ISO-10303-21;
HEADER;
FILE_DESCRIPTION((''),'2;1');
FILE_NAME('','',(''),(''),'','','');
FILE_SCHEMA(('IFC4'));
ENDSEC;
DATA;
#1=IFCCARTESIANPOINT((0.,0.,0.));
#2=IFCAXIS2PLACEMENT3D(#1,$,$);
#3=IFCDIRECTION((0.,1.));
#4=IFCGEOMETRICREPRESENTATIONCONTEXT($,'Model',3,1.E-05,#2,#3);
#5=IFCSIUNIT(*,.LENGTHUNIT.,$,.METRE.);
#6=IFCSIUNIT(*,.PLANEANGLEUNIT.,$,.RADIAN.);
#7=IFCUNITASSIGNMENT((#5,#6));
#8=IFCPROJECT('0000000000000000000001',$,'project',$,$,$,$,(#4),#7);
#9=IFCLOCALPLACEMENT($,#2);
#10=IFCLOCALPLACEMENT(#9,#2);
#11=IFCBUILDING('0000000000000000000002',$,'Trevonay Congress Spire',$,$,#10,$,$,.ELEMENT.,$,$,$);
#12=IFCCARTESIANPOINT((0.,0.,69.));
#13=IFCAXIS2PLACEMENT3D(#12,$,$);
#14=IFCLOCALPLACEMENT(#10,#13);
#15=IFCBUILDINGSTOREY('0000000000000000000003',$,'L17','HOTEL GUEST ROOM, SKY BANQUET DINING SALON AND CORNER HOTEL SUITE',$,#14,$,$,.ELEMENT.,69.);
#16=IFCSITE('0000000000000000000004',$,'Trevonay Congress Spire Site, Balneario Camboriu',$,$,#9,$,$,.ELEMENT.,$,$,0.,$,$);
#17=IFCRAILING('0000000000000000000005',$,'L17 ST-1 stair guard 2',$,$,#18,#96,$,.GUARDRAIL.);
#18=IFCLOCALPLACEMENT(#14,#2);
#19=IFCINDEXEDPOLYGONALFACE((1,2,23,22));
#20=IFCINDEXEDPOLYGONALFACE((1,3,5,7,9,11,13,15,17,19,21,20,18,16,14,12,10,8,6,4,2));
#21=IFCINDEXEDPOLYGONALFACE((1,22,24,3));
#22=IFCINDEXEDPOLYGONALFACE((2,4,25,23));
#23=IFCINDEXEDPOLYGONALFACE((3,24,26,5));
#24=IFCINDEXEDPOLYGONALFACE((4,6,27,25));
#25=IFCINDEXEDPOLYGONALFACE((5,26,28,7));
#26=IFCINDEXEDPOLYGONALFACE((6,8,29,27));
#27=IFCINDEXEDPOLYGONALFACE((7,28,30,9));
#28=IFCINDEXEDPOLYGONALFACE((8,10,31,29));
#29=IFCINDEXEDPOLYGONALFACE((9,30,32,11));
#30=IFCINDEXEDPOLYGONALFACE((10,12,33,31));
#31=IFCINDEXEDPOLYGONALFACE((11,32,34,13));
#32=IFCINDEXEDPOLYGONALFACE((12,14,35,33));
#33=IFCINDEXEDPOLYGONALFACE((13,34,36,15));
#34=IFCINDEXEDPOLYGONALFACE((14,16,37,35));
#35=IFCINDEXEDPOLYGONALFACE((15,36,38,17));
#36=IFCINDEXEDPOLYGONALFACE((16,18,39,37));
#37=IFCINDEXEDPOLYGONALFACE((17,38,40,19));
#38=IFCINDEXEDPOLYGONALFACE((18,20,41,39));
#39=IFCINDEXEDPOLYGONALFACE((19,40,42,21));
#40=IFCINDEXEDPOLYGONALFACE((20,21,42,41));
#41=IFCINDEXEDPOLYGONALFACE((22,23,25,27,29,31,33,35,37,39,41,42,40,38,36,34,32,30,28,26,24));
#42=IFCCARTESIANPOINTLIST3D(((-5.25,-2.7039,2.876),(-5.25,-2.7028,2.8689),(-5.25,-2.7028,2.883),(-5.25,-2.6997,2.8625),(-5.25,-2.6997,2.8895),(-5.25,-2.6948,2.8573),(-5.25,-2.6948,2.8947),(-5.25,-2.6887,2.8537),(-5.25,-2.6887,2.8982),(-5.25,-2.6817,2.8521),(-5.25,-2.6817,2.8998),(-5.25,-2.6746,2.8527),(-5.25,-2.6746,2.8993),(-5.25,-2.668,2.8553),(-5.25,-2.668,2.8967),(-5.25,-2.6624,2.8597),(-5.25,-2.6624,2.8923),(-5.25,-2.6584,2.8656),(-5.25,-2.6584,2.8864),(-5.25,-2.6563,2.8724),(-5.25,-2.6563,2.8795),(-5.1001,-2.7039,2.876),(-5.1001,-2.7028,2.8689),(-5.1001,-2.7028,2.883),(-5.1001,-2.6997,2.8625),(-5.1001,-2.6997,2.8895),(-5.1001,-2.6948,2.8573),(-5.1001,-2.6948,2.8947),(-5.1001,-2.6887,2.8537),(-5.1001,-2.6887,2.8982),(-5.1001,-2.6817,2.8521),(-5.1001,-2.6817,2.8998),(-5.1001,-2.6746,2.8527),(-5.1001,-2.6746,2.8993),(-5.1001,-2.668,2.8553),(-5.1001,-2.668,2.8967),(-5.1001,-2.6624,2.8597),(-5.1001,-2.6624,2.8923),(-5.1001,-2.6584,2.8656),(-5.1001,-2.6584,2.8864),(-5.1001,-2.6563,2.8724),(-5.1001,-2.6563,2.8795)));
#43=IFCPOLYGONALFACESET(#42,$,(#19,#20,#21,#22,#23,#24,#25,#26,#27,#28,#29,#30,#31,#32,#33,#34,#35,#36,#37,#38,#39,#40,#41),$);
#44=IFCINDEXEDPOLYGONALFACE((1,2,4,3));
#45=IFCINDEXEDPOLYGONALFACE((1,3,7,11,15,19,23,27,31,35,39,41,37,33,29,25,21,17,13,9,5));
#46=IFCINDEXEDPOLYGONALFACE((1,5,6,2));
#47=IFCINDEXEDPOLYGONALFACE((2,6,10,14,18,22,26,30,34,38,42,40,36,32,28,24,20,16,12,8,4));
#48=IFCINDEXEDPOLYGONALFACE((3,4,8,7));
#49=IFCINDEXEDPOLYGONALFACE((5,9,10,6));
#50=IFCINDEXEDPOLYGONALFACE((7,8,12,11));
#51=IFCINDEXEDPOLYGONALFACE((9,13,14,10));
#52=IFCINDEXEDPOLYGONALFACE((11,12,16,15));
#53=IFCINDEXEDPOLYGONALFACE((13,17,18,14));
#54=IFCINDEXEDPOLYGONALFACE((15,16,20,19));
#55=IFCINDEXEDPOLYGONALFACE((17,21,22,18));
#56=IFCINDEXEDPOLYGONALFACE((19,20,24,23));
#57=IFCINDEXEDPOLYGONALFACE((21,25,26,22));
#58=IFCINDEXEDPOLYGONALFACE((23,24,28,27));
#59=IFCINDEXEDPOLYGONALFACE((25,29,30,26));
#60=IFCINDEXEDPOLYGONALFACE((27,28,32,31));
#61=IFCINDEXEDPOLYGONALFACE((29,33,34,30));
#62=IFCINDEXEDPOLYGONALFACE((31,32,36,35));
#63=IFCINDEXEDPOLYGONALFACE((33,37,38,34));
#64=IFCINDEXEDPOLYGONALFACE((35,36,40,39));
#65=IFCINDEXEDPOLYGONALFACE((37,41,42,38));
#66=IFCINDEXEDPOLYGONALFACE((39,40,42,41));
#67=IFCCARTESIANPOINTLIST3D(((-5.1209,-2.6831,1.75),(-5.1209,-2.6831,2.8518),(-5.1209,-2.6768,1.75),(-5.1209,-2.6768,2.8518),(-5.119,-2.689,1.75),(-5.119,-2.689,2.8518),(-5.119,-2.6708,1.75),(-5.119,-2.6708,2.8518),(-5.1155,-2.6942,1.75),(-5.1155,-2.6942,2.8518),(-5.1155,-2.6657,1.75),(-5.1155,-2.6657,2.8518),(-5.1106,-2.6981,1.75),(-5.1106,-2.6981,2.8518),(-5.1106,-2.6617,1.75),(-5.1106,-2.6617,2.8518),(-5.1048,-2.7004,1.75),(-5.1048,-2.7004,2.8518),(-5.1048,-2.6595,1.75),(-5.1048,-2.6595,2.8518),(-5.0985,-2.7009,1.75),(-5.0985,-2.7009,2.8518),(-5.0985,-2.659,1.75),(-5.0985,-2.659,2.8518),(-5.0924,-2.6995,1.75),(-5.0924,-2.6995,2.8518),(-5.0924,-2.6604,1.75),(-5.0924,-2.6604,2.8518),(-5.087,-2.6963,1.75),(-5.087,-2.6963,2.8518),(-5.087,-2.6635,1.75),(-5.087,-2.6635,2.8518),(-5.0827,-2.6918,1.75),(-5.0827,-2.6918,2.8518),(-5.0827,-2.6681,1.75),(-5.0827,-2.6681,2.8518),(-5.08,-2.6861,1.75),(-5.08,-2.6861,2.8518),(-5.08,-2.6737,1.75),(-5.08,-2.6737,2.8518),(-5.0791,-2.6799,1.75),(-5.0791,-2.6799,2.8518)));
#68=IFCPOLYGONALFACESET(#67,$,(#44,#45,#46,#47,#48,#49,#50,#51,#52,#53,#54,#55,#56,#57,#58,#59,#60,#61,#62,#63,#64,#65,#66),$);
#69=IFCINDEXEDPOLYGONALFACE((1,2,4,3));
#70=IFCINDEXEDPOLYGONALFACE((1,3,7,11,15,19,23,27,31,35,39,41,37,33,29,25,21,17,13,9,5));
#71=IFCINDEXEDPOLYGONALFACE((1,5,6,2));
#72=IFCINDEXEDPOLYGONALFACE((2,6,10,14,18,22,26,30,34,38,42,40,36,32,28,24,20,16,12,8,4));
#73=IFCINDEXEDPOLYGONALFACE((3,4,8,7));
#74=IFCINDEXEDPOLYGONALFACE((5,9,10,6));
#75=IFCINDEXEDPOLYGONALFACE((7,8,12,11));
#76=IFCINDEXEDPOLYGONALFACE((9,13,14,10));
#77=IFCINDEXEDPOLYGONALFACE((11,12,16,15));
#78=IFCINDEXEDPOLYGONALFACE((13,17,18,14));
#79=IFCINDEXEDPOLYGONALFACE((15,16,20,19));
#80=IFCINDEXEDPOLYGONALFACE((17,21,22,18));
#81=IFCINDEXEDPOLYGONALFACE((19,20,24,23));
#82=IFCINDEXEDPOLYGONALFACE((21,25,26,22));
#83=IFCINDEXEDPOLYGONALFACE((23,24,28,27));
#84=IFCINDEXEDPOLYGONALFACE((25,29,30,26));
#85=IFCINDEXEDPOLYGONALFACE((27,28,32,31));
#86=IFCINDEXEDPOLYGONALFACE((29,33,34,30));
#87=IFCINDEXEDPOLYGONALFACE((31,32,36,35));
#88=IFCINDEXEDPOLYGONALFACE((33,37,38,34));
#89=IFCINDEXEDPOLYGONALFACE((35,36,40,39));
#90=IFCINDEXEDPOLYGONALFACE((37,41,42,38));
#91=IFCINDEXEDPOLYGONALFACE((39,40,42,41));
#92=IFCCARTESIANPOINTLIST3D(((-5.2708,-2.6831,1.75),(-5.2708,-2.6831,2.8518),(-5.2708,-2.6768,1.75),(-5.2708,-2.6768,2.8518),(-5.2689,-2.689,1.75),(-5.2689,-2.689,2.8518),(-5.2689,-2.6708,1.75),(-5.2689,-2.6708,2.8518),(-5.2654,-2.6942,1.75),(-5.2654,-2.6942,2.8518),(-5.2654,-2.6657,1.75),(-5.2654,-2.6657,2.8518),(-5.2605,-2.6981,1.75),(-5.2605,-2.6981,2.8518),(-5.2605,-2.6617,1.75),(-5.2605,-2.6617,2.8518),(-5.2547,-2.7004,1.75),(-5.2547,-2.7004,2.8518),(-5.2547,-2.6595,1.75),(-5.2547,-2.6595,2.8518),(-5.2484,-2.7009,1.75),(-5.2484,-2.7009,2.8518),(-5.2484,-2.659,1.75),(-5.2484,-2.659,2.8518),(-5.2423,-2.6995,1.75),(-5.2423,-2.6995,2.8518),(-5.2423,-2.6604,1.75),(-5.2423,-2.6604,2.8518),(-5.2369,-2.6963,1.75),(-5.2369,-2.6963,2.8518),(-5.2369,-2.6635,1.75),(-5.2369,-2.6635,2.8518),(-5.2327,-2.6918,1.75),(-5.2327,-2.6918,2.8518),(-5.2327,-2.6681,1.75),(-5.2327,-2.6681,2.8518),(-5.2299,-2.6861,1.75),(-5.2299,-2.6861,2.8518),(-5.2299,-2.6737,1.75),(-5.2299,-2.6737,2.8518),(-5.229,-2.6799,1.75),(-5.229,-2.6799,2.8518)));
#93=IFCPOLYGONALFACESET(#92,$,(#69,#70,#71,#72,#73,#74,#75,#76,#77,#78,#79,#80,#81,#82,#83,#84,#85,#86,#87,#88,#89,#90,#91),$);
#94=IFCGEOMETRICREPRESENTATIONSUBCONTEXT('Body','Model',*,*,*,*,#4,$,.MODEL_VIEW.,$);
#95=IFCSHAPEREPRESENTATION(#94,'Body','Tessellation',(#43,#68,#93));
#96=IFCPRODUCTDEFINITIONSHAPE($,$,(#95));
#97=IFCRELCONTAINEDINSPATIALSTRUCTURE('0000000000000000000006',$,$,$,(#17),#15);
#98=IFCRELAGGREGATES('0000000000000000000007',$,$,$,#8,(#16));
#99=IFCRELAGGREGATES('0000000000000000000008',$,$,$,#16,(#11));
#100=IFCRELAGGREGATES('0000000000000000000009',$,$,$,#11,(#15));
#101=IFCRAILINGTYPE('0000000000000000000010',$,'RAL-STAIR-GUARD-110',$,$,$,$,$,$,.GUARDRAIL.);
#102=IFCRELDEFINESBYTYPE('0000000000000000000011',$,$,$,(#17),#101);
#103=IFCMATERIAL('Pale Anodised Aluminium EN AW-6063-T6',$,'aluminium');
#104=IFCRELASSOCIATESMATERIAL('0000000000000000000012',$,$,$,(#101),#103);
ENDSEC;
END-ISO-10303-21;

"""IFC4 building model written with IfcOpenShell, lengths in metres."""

from ifc_helpers import new_model, si_unit, direction, frame, origin, origin_2d, place, context, subcontext, project, spatial, circle, extrude, material, type_object, element, save


model = new_model("IFC4")

# Units and contexts
model_context = context("Model", 3, precision=1e-05, world=origin(), true_north=direction((0.0, 1.0)))
body_context = subcontext(model_context, "Body", "Model", "MODEL_VIEW")
ifc_project = project(units=[si_unit("LENGTHUNIT", "METRE"), si_unit("PLANEANGLEUNIT", "RADIAN")], contexts=[model_context])

# Site, building, storey
site_placement = place(None, origin())
site = spatial("IfcSite", under=ifc_project, at=site_placement, Name="Trevonay Congress Spire Site, Balneario Camboriu", CompositionType="ELEMENT", RefElevation=0.0)
building_placement = place(site_placement, origin())
building = spatial("IfcBuilding", under=site, at=building_placement, Name="Trevonay Congress Spire", CompositionType="ELEMENT")
storey_placement = place(building_placement, frame((0.0, 0.0, 69.0)))
storey = spatial("IfcBuildingStorey", under=building, at=storey_placement, Name="L17", Description="HOTEL GUEST ROOM, SKY BANQUET DINING SALON AND CORNER HOTEL SUITE", CompositionType="ELEMENT", Elevation=69.0)

# Shared definitions
ifc_material_1 = material(Name="Pale Anodised Aluminium EN AW-6063-T6", Category="aluminium")

# Railing
railing_type_1 = type_object("IfcRailingType", Name="RAL-STAIR-GUARD-110", PredefinedType="GUARDRAIL", material=ifc_material_1)
railing_1_placement = place(storey_placement, frame((-5.1001, -2.6799, 1.75)))
element("IfcRailing", 1, at=railing_1_placement, inside=storey, type_object=railing_type_1, Name="L17 ST-1 stair guard 2", PredefinedType="GUARDRAIL", context=body_context, shape_type="SweptSolid", body=[
    extrude(circle(Radius=0.0239, at=origin_2d()), frame((0.0, 0.0, 1.126), z_axis=(-1.0, 0.0, 0.0), x_axis=(0.0, -1.0, 0.0)), (0.0, 0.0, 1.0), 0.1499),
    extrude(circle(Radius=0.021, at=origin_2d()), origin(), (0.0, 0.0, 1.0), 1.1018),
    extrude(circle(Radius=0.021, at=origin_2d()), frame((-0.1499, 0.0, 0.0)), (0.0, 0.0, 1.0), 1.1018),
])

save(model, "model.ifc")
